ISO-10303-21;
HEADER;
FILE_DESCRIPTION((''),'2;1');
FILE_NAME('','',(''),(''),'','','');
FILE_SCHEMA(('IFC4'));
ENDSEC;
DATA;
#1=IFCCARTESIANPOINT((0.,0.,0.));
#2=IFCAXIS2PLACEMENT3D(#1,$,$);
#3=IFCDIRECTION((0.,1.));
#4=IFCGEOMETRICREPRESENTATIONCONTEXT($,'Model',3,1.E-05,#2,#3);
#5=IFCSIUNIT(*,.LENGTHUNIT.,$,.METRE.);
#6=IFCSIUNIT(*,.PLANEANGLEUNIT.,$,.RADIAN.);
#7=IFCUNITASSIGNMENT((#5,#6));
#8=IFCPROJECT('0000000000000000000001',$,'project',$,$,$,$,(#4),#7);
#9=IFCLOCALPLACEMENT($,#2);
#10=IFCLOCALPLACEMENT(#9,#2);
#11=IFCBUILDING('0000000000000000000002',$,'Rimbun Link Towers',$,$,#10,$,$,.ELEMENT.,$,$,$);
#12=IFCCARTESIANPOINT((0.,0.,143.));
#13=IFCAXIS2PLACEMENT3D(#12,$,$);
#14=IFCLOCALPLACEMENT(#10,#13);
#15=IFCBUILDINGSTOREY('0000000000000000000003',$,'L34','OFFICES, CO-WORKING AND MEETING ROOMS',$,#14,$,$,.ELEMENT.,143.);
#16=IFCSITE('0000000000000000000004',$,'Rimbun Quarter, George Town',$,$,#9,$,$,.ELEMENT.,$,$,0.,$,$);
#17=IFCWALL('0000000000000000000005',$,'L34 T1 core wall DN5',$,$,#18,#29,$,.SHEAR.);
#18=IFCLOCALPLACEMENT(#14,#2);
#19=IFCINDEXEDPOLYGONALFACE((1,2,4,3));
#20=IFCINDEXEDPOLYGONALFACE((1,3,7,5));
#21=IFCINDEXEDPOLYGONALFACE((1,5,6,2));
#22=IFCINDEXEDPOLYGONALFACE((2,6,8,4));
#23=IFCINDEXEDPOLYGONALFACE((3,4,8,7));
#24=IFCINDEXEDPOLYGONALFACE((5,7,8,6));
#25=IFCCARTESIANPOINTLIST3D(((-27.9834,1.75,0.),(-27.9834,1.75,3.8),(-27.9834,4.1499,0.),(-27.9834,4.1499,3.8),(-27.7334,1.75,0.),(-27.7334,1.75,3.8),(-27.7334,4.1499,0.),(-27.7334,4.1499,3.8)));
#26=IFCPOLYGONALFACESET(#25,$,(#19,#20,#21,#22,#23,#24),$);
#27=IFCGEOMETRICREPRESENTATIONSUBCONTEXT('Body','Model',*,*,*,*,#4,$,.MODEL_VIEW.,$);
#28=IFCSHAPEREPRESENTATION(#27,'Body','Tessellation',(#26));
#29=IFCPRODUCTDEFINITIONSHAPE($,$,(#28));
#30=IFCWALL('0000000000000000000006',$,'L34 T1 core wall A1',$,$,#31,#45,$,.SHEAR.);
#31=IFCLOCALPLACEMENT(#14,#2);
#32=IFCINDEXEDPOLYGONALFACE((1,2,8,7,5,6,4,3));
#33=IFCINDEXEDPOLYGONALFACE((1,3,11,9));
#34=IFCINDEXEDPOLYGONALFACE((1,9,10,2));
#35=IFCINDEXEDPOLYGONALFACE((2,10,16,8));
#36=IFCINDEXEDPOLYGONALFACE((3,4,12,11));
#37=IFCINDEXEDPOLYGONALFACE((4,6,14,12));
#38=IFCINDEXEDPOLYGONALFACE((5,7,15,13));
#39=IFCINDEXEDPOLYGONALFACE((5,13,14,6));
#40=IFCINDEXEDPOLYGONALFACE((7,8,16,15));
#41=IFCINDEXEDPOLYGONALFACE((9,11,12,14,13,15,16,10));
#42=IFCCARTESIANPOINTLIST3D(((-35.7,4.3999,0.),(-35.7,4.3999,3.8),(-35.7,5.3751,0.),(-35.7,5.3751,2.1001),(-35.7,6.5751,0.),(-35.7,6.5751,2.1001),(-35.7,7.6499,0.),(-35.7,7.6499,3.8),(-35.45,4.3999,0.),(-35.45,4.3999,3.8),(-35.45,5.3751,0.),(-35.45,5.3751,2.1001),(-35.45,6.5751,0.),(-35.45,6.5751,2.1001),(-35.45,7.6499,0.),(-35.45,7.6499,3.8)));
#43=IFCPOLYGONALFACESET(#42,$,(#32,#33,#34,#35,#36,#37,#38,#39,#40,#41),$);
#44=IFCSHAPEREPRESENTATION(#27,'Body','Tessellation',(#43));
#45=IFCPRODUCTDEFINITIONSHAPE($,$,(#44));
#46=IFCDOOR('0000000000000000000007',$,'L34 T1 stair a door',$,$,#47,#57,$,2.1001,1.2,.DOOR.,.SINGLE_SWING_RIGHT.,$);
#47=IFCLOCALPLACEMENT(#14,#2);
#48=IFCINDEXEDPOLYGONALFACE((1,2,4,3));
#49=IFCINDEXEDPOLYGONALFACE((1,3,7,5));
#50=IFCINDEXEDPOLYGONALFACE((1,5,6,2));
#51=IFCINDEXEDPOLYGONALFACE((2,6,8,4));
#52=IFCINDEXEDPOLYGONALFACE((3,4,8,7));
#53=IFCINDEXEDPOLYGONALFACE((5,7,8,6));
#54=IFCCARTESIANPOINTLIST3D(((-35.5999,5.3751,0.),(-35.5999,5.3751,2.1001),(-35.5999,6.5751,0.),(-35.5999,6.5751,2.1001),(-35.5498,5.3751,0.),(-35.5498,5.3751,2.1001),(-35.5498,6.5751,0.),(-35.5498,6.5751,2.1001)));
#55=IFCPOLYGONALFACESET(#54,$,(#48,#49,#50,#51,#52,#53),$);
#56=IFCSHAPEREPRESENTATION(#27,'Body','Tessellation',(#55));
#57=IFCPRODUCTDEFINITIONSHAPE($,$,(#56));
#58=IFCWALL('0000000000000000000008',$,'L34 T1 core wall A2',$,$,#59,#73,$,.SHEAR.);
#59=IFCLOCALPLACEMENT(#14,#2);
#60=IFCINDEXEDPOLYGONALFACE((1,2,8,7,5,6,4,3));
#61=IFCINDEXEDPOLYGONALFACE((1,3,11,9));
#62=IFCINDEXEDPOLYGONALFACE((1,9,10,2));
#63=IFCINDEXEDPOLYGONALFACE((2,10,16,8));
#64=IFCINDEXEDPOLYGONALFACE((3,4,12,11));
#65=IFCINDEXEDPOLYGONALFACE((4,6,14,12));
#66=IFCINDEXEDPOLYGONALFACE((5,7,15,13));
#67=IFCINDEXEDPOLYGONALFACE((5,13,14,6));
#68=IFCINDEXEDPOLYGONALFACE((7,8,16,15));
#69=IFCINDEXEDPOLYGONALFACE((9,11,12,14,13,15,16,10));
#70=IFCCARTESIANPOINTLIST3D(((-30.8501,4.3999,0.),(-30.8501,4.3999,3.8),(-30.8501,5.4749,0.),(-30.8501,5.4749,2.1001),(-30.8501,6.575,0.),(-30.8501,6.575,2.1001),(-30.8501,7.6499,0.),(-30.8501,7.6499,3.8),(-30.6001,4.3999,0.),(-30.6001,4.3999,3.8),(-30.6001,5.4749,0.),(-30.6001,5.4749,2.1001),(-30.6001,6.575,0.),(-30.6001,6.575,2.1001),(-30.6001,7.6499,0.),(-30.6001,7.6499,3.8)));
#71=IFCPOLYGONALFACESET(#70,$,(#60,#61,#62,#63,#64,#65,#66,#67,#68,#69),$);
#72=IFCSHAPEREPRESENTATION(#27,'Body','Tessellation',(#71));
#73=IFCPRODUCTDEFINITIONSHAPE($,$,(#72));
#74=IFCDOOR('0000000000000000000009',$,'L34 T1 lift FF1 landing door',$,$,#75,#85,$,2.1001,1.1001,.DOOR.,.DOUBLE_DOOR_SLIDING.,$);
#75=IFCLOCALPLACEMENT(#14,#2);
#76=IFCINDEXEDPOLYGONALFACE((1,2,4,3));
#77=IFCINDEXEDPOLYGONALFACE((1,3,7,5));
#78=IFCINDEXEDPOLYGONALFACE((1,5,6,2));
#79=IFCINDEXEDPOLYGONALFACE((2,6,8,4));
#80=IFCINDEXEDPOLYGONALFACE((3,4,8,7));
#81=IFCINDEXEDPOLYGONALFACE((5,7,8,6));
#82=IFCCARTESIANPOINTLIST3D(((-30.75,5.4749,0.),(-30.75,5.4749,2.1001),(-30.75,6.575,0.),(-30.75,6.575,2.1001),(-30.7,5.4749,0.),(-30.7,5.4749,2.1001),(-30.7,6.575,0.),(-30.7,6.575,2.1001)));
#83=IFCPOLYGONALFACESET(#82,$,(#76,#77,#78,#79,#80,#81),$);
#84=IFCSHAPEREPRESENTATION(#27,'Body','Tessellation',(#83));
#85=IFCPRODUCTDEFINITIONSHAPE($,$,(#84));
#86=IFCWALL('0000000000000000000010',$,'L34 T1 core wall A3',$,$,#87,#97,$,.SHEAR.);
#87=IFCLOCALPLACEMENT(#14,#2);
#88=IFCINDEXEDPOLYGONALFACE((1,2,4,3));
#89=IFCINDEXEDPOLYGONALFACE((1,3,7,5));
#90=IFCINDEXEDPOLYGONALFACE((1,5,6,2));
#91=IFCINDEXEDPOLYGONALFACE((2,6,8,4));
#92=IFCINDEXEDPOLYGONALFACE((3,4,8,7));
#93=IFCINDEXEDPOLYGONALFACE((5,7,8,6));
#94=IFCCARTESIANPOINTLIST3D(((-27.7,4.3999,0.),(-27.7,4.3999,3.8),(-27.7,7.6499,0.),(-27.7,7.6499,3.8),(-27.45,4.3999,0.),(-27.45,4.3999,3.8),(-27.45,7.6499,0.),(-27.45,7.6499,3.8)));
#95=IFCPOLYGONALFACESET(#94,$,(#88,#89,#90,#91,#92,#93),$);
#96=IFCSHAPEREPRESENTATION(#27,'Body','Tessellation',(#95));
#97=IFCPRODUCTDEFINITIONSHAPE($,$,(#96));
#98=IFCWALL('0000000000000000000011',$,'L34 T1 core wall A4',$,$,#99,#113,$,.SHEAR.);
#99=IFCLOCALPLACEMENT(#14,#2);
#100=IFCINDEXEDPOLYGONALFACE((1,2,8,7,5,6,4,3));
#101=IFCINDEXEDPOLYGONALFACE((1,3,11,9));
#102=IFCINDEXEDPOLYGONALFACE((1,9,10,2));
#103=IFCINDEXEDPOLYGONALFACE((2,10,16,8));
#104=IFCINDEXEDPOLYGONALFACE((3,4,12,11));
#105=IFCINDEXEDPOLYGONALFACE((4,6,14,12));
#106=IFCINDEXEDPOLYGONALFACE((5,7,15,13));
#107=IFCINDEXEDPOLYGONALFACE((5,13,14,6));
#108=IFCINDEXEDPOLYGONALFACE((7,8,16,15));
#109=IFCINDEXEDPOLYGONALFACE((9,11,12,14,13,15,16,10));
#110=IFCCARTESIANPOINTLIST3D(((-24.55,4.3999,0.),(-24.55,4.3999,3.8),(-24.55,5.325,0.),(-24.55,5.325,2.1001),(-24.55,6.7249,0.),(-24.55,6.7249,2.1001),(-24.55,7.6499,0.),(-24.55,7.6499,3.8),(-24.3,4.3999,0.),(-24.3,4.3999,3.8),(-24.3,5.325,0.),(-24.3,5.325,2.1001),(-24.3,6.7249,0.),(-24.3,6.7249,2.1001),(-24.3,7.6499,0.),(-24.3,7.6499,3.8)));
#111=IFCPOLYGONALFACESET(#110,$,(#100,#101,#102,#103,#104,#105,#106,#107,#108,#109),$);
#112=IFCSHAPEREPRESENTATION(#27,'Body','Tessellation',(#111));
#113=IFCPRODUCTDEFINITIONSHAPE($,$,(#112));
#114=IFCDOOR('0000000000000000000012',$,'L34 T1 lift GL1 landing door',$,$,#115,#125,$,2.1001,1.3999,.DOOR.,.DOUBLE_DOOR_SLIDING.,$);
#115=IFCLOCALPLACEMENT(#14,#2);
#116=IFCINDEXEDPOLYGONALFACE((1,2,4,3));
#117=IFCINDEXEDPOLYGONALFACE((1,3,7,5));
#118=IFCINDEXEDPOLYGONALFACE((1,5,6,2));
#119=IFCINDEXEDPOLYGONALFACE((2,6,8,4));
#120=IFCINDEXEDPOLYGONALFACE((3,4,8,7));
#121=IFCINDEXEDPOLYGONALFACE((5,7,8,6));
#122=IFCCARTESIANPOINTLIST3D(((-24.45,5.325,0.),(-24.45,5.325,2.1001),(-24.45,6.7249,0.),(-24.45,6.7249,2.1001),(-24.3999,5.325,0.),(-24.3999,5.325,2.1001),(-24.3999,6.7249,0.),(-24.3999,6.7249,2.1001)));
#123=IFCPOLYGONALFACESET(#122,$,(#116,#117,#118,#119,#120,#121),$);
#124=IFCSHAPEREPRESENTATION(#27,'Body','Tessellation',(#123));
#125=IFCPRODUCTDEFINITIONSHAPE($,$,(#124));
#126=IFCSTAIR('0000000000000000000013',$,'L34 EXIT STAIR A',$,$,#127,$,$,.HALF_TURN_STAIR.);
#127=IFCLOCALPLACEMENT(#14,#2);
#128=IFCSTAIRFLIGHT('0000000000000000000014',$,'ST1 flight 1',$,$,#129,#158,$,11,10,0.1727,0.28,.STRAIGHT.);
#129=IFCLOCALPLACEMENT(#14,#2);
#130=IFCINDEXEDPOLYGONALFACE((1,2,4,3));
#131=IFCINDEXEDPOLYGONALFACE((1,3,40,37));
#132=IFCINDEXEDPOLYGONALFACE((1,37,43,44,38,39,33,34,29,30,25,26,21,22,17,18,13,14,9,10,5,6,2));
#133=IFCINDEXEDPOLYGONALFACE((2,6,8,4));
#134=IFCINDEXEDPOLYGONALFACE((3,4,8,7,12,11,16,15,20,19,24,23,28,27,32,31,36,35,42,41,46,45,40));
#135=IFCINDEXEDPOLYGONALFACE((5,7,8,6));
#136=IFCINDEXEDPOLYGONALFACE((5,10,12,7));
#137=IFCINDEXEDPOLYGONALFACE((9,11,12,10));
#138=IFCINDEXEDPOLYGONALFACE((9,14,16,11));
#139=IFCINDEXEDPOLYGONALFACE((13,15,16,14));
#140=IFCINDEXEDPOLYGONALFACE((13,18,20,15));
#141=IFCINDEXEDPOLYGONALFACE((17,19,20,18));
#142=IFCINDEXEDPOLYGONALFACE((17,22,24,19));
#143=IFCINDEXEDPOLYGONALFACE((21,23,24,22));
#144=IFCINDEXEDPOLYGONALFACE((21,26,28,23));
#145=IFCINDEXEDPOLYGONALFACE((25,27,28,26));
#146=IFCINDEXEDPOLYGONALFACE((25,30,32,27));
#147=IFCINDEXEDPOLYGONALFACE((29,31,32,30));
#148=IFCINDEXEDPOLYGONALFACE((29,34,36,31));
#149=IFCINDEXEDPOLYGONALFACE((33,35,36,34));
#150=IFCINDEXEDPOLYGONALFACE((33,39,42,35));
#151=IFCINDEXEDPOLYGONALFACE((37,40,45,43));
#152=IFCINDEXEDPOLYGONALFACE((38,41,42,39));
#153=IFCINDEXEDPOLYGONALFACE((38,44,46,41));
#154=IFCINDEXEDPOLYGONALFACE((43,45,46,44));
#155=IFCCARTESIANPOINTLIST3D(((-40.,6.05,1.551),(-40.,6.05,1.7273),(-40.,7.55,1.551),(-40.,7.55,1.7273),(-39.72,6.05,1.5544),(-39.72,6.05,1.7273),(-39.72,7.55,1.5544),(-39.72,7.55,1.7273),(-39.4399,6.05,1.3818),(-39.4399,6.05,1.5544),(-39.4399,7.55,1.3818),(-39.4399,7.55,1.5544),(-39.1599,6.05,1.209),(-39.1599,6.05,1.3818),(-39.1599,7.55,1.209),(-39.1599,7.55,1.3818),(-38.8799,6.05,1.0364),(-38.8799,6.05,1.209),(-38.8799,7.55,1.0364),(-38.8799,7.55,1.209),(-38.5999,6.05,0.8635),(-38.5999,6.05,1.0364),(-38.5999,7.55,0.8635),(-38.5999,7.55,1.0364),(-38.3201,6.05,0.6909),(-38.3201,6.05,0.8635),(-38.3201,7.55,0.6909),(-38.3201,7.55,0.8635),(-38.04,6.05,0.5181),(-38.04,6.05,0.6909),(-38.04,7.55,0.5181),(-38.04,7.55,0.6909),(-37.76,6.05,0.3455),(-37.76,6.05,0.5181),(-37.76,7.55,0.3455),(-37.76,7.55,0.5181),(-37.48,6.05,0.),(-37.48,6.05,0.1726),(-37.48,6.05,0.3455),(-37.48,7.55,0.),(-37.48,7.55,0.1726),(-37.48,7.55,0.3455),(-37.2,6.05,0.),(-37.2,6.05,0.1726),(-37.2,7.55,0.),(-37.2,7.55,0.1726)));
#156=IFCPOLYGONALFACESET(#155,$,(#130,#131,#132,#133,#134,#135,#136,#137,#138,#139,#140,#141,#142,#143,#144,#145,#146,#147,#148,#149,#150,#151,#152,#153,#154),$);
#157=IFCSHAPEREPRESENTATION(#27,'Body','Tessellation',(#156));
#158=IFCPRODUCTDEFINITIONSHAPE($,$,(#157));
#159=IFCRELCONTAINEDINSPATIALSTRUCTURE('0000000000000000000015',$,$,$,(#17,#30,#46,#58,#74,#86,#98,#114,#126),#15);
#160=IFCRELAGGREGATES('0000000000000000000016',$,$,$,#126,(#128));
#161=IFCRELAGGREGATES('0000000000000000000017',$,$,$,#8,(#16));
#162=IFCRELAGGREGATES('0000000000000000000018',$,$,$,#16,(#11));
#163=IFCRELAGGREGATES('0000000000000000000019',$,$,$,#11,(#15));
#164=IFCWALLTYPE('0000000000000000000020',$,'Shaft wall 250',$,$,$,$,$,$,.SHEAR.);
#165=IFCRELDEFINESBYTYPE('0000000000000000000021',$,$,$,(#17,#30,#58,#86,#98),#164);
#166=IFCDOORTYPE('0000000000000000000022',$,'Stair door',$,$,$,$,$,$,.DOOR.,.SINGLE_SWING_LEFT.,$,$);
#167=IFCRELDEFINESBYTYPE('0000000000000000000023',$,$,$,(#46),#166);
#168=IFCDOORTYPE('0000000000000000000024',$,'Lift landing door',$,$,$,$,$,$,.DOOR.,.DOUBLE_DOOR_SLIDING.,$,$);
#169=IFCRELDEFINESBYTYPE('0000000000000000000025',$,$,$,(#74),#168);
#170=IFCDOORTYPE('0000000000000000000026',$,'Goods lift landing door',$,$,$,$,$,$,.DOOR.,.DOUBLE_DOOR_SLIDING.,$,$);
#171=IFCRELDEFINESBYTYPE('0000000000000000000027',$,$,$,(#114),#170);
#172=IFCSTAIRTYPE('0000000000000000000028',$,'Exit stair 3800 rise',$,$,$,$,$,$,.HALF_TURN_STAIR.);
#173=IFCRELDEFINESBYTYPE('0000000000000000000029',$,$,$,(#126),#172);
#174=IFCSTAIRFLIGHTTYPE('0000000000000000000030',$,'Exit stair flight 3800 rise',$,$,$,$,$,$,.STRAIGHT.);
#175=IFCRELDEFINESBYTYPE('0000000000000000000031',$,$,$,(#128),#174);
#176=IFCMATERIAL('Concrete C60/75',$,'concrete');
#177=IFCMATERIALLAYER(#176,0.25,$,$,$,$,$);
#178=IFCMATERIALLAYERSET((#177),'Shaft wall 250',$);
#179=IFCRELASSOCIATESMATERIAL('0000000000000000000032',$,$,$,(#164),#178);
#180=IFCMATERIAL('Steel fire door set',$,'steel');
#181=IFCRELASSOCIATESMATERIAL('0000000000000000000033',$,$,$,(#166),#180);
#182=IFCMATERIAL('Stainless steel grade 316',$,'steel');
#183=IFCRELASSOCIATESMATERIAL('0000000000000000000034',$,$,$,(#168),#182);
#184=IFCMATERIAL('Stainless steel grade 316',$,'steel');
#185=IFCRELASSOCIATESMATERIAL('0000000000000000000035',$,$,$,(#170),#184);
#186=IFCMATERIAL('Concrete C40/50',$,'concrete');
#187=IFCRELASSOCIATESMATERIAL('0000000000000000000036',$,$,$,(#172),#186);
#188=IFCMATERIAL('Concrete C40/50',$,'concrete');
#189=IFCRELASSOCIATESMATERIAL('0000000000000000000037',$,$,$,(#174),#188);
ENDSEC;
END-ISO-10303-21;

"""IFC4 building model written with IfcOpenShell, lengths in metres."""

from ifc_helpers import new_model, si_unit, direction, frame, frame_2d, origin, place, context, subcontext, project, spatial, polyline, rectangle, outline, extrude, material, layer, layer_set, type_object, element, fill, aggregate, save


model = new_model("IFC4")

# Units and contexts
model_context = context("Model", 3, precision=1e-05, world=origin(), true_north=direction((0.0, 1.0)))
body_context = subcontext(model_context, "Body", "Model", "MODEL_VIEW")
ifc_project = project(units=[si_unit("LENGTHUNIT", "METRE"), si_unit("PLANEANGLEUNIT", "RADIAN")], contexts=[model_context])

# Site, building, storey
site_placement = place(None, origin())
site = spatial("IfcSite", under=ifc_project, at=site_placement, Name="Rimbun Quarter, George Town", CompositionType="ELEMENT", RefElevation=0.0)
building_placement = place(site_placement, origin())
building = spatial("IfcBuilding", under=site, at=building_placement, Name="Rimbun Link Towers", CompositionType="ELEMENT")
storey_placement = place(building_placement, frame((0.0, 0.0, 143.0)))
storey = spatial("IfcBuildingStorey", under=building, at=storey_placement, Name="L34", Description="OFFICES, CO-WORKING AND MEETING ROOMS", CompositionType="ELEMENT", Elevation=143.0)

# Wall
ifc_material_1 = material(Name="Concrete C60/75", Category="concrete")
ifc_layer = layer(ifc_material_1, 0.25)
ifc_layer_set = layer_set([ifc_layer], Name="Shaft wall 250")
wall_type = type_object("IfcWallType", Name="Shaft wall 250", PredefinedType="SHEAR", material=ifc_layer_set)
for number, where, z_axis, x_axis, name in (
    (1, (-27.8584, 1.75, 0.0), (0.0, 0.0, 1.0), (0.0, 1.0, 0.0), "L34 T1 core wall DN5"),
):
    element("IfcWall", number, at=place(storey_placement, frame(where, z_axis=z_axis, x_axis=x_axis)), inside=storey, type_object=wall_type, Name=name, PredefinedType="SHEAR", context=body_context, shape_type="SweptSolid", body=[
        extrude(rectangle(XDim=2.3999, YDim=0.25, at=frame_2d((1.2, 0.0))), origin(), (0.0, 0.0, 1.0), 3.8),
    ])

# Walls, openings, doors
wall_1_placement = place(storey_placement, frame((-35.575, 4.3999, 0.0), z_axis=(0.0, 0.0, 1.0), x_axis=(0.0, 1.0, 0.0)))
wall_1 = element("IfcWall", 2, at=wall_1_placement, inside=storey, type_object=wall_type, Name="L34 T1 core wall A1", PredefinedType="SHEAR", context=body_context, shape_type="SweptSolid", body=[
    extrude(rectangle(XDim=3.25, YDim=0.25, at=frame_2d((1.625, 0.0))), origin(), (0.0, 0.0, 1.0), 3.8),
])
opening_1_placement = place(wall_1_placement, frame((0.9751, 0.0, 0.0)))
opening_1 = element("IfcOpeningElement", 3, at=opening_1_placement, cuts=wall_1, PredefinedType="OPENING", context=body_context, shape_type="SweptSolid", body=[
    extrude(rectangle(XDim=1.2, YDim=2.1001, at=frame_2d((0.6001, 1.05))), frame((0.0, 0.135, 0.0), z_axis=(0.0, -1.0, 0.0), x_axis=(1.0, 0.0, 0.0)), (0.0, 0.0, 1.0), 0.27),
])
ifc_material_2 = material(Name="Steel fire door set", Category="steel")
door_type_1 = type_object("IfcDoorType", Name="Stair door", OperationType="SINGLE_SWING_LEFT", PredefinedType="DOOR", material=ifc_material_2)
door_1_placement = place(opening_1_placement, origin())
door_1 = element("IfcDoor", 4, at=door_1_placement, inside=storey, type_object=door_type_1, Name="L34 T1 stair a door", OperationType="SINGLE_SWING_RIGHT", OverallHeight=2.1001, OverallWidth=1.2, PredefinedType="DOOR", context=body_context, shape_type="SweptSolid", body=[
    extrude(rectangle(XDim=1.2, YDim=2.1001, at=frame_2d((0.6001, 1.05))), frame((0.0, 0.0249, 0.0), z_axis=(0.0, -1.0, 0.0), x_axis=(1.0, 0.0, 0.0)), (0.0, 0.0, 1.0), 0.05),
])
fill(opening_1, door_1)
wall_2_placement = place(storey_placement, frame((-30.7251, 4.3999, 0.0), z_axis=(0.0, 0.0, 1.0), x_axis=(0.0, 1.0, 0.0)))
wall_2 = element("IfcWall", 5, at=wall_2_placement, inside=storey, type_object=wall_type, Name="L34 T1 core wall A2", PredefinedType="SHEAR", context=body_context, shape_type="SweptSolid", body=[
    extrude(rectangle(XDim=3.25, YDim=0.25, at=frame_2d((1.625, 0.0))), origin(), (0.0, 0.0, 1.0), 3.8),
])
opening_2_placement = place(wall_2_placement, frame((1.075, 0.0, 0.0)))
opening_2 = element("IfcOpeningElement", 6, at=opening_2_placement, cuts=wall_2, PredefinedType="OPENING", context=body_context, shape_type="SweptSolid", body=[
    extrude(rectangle(XDim=1.1001, YDim=2.1001, at=frame_2d((0.55, 1.05))), frame((0.0, 0.135, 0.0), z_axis=(0.0, -1.0, 0.0), x_axis=(1.0, 0.0, 0.0)), (0.0, 0.0, 1.0), 0.27),
])
ifc_material_3 = material(Name="Stainless steel grade 316", Category="steel")
door_type_2 = type_object("IfcDoorType", Name="Lift landing door", OperationType="DOUBLE_DOOR_SLIDING", PredefinedType="DOOR", material=ifc_material_3)
door_2_placement = place(opening_2_placement, origin())
door_2 = element("IfcDoor", 7, at=door_2_placement, inside=storey, type_object=door_type_2, Name="L34 T1 lift FF1 landing door", OperationType="DOUBLE_DOOR_SLIDING", OverallHeight=2.1001, OverallWidth=1.1001, PredefinedType="DOOR", context=body_context, shape_type="SweptSolid", body=[
    extrude(rectangle(XDim=1.1001, YDim=2.1001, at=frame_2d((0.55, 1.05))), frame((0.0, 0.0249, 0.0), z_axis=(0.0, -1.0, 0.0), x_axis=(1.0, 0.0, 0.0)), (0.0, 0.0, 1.0), 0.05),
])
fill(opening_2, door_2)

# Wall
wall_3_placement = place(storey_placement, frame((-27.575, 4.3999, 0.0), z_axis=(0.0, 0.0, 1.0), x_axis=(0.0, 1.0, 0.0)))
element("IfcWall", 8, at=wall_3_placement, inside=storey, type_object=wall_type, Name="L34 T1 core wall A3", PredefinedType="SHEAR", context=body_context, shape_type="SweptSolid", body=[
    extrude(rectangle(XDim=3.25, YDim=0.25, at=frame_2d((1.625, 0.0))), origin(), (0.0, 0.0, 1.0), 3.8),
])

# Wall, opening, door
wall_4_placement = place(storey_placement, frame((-24.425, 4.3999, 0.0), z_axis=(0.0, 0.0, 1.0), x_axis=(0.0, 1.0, 0.0)))
wall_4 = element("IfcWall", 9, at=wall_4_placement, inside=storey, type_object=wall_type, Name="L34 T1 core wall A4", PredefinedType="SHEAR", context=body_context, shape_type="SweptSolid", body=[
    extrude(rectangle(XDim=3.25, YDim=0.25, at=frame_2d((1.625, 0.0))), origin(), (0.0, 0.0, 1.0), 3.8),
])
opening_3_placement = place(wall_4_placement, frame((0.925, 0.0, 0.0)))
opening_3 = element("IfcOpeningElement", 10, at=opening_3_placement, cuts=wall_4, PredefinedType="OPENING", context=body_context, shape_type="SweptSolid", body=[
    extrude(rectangle(XDim=1.3999, YDim=2.1001, at=frame_2d((0.7, 1.05))), frame((0.0, 0.135, 0.0), z_axis=(0.0, -1.0, 0.0), x_axis=(1.0, 0.0, 0.0)), (0.0, 0.0, 1.0), 0.27),
])
ifc_material_4 = material(Name="Stainless steel grade 316", Category="steel")
door_type_3 = type_object("IfcDoorType", Name="Goods lift landing door", OperationType="DOUBLE_DOOR_SLIDING", PredefinedType="DOOR", material=ifc_material_4)
door_3_placement = place(opening_3_placement, origin())
door_3 = element("IfcDoor", 11, at=door_3_placement, inside=storey, type_object=door_type_3, Name="L34 T1 lift GL1 landing door", OperationType="DOUBLE_DOOR_SLIDING", OverallHeight=2.1001, OverallWidth=1.3999, PredefinedType="DOOR", context=body_context, shape_type="SweptSolid", body=[
    extrude(rectangle(XDim=1.3999, YDim=2.1001, at=frame_2d((0.7, 1.05))), frame((0.0, 0.0249, 0.0), z_axis=(0.0, -1.0, 0.0), x_axis=(1.0, 0.0, 0.0)), (0.0, 0.0, 1.0), 0.05),
])
fill(opening_3, door_3)

# Stair, stair flight
ifc_material_5 = material(Name="Concrete C40/50", Category="concrete")
stair_type = type_object("IfcStairType", Name="Exit stair 3800 rise", PredefinedType="HALF_TURN_STAIR", material=ifc_material_5)
stair_placement = place(storey_placement, origin())
stair = element("IfcStair", 12, at=stair_placement, inside=storey, type_object=stair_type, Name="L34 EXIT STAIR A", PredefinedType="HALF_TURN_STAIR")
ifc_material_6 = material(Name="Concrete C40/50", Category="concrete")
stair_flight_type = type_object("IfcStairFlightType", Name="Exit stair flight 3800 rise", PredefinedType="STRAIGHT", material=ifc_material_6)
stair_flight_placement = place(storey_placement, frame((-37.2, 6.8, 0.0), z_axis=(0.0, 0.0, 1.0), x_axis=(-1.0, 0.0, 0.0)))
stair_flight = element("IfcStairFlight", 13, at=stair_flight_placement, type_object=stair_flight_type, Name="ST1 flight 1", NumberOfRisers=11, NumberOfTreads=10, PredefinedType="STRAIGHT", RiserHeight=0.1727, TreadLength=0.28, context=body_context, shape_type="SweptSolid", body=[
    extrude(outline(polyline([(0.0, 0.0), (0.0, 0.1726), (0.28, 0.1726), (0.28, 0.3455), (0.5601, 0.3455), (0.5601, 0.5181), (0.8401, 0.5181), (0.8401, 0.6909), (1.1201, 0.6909), (1.1201, 0.8635), (1.3999, 0.8635), (1.3999, 1.0364), (1.6799, 1.0364), (1.6799, 1.209), (1.96, 1.209), (1.96, 1.3818), (2.24, 1.3818), (2.24, 1.5544), (2.52, 1.5544), (2.52, 1.7273), (2.8, 1.7273), (2.8, 1.8999), (2.8, 1.551), (0.28, 0.0), (0.0, 0.0)])), frame((0.0, 0.75, 0.0), z_axis=(0.0, -1.0, 0.0), x_axis=(1.0, 0.0, 0.0)), (0.0, 0.0, 1.0), 1.5),
])
aggregate(stair, [stair_flight])

save(model, "model.ifc")
